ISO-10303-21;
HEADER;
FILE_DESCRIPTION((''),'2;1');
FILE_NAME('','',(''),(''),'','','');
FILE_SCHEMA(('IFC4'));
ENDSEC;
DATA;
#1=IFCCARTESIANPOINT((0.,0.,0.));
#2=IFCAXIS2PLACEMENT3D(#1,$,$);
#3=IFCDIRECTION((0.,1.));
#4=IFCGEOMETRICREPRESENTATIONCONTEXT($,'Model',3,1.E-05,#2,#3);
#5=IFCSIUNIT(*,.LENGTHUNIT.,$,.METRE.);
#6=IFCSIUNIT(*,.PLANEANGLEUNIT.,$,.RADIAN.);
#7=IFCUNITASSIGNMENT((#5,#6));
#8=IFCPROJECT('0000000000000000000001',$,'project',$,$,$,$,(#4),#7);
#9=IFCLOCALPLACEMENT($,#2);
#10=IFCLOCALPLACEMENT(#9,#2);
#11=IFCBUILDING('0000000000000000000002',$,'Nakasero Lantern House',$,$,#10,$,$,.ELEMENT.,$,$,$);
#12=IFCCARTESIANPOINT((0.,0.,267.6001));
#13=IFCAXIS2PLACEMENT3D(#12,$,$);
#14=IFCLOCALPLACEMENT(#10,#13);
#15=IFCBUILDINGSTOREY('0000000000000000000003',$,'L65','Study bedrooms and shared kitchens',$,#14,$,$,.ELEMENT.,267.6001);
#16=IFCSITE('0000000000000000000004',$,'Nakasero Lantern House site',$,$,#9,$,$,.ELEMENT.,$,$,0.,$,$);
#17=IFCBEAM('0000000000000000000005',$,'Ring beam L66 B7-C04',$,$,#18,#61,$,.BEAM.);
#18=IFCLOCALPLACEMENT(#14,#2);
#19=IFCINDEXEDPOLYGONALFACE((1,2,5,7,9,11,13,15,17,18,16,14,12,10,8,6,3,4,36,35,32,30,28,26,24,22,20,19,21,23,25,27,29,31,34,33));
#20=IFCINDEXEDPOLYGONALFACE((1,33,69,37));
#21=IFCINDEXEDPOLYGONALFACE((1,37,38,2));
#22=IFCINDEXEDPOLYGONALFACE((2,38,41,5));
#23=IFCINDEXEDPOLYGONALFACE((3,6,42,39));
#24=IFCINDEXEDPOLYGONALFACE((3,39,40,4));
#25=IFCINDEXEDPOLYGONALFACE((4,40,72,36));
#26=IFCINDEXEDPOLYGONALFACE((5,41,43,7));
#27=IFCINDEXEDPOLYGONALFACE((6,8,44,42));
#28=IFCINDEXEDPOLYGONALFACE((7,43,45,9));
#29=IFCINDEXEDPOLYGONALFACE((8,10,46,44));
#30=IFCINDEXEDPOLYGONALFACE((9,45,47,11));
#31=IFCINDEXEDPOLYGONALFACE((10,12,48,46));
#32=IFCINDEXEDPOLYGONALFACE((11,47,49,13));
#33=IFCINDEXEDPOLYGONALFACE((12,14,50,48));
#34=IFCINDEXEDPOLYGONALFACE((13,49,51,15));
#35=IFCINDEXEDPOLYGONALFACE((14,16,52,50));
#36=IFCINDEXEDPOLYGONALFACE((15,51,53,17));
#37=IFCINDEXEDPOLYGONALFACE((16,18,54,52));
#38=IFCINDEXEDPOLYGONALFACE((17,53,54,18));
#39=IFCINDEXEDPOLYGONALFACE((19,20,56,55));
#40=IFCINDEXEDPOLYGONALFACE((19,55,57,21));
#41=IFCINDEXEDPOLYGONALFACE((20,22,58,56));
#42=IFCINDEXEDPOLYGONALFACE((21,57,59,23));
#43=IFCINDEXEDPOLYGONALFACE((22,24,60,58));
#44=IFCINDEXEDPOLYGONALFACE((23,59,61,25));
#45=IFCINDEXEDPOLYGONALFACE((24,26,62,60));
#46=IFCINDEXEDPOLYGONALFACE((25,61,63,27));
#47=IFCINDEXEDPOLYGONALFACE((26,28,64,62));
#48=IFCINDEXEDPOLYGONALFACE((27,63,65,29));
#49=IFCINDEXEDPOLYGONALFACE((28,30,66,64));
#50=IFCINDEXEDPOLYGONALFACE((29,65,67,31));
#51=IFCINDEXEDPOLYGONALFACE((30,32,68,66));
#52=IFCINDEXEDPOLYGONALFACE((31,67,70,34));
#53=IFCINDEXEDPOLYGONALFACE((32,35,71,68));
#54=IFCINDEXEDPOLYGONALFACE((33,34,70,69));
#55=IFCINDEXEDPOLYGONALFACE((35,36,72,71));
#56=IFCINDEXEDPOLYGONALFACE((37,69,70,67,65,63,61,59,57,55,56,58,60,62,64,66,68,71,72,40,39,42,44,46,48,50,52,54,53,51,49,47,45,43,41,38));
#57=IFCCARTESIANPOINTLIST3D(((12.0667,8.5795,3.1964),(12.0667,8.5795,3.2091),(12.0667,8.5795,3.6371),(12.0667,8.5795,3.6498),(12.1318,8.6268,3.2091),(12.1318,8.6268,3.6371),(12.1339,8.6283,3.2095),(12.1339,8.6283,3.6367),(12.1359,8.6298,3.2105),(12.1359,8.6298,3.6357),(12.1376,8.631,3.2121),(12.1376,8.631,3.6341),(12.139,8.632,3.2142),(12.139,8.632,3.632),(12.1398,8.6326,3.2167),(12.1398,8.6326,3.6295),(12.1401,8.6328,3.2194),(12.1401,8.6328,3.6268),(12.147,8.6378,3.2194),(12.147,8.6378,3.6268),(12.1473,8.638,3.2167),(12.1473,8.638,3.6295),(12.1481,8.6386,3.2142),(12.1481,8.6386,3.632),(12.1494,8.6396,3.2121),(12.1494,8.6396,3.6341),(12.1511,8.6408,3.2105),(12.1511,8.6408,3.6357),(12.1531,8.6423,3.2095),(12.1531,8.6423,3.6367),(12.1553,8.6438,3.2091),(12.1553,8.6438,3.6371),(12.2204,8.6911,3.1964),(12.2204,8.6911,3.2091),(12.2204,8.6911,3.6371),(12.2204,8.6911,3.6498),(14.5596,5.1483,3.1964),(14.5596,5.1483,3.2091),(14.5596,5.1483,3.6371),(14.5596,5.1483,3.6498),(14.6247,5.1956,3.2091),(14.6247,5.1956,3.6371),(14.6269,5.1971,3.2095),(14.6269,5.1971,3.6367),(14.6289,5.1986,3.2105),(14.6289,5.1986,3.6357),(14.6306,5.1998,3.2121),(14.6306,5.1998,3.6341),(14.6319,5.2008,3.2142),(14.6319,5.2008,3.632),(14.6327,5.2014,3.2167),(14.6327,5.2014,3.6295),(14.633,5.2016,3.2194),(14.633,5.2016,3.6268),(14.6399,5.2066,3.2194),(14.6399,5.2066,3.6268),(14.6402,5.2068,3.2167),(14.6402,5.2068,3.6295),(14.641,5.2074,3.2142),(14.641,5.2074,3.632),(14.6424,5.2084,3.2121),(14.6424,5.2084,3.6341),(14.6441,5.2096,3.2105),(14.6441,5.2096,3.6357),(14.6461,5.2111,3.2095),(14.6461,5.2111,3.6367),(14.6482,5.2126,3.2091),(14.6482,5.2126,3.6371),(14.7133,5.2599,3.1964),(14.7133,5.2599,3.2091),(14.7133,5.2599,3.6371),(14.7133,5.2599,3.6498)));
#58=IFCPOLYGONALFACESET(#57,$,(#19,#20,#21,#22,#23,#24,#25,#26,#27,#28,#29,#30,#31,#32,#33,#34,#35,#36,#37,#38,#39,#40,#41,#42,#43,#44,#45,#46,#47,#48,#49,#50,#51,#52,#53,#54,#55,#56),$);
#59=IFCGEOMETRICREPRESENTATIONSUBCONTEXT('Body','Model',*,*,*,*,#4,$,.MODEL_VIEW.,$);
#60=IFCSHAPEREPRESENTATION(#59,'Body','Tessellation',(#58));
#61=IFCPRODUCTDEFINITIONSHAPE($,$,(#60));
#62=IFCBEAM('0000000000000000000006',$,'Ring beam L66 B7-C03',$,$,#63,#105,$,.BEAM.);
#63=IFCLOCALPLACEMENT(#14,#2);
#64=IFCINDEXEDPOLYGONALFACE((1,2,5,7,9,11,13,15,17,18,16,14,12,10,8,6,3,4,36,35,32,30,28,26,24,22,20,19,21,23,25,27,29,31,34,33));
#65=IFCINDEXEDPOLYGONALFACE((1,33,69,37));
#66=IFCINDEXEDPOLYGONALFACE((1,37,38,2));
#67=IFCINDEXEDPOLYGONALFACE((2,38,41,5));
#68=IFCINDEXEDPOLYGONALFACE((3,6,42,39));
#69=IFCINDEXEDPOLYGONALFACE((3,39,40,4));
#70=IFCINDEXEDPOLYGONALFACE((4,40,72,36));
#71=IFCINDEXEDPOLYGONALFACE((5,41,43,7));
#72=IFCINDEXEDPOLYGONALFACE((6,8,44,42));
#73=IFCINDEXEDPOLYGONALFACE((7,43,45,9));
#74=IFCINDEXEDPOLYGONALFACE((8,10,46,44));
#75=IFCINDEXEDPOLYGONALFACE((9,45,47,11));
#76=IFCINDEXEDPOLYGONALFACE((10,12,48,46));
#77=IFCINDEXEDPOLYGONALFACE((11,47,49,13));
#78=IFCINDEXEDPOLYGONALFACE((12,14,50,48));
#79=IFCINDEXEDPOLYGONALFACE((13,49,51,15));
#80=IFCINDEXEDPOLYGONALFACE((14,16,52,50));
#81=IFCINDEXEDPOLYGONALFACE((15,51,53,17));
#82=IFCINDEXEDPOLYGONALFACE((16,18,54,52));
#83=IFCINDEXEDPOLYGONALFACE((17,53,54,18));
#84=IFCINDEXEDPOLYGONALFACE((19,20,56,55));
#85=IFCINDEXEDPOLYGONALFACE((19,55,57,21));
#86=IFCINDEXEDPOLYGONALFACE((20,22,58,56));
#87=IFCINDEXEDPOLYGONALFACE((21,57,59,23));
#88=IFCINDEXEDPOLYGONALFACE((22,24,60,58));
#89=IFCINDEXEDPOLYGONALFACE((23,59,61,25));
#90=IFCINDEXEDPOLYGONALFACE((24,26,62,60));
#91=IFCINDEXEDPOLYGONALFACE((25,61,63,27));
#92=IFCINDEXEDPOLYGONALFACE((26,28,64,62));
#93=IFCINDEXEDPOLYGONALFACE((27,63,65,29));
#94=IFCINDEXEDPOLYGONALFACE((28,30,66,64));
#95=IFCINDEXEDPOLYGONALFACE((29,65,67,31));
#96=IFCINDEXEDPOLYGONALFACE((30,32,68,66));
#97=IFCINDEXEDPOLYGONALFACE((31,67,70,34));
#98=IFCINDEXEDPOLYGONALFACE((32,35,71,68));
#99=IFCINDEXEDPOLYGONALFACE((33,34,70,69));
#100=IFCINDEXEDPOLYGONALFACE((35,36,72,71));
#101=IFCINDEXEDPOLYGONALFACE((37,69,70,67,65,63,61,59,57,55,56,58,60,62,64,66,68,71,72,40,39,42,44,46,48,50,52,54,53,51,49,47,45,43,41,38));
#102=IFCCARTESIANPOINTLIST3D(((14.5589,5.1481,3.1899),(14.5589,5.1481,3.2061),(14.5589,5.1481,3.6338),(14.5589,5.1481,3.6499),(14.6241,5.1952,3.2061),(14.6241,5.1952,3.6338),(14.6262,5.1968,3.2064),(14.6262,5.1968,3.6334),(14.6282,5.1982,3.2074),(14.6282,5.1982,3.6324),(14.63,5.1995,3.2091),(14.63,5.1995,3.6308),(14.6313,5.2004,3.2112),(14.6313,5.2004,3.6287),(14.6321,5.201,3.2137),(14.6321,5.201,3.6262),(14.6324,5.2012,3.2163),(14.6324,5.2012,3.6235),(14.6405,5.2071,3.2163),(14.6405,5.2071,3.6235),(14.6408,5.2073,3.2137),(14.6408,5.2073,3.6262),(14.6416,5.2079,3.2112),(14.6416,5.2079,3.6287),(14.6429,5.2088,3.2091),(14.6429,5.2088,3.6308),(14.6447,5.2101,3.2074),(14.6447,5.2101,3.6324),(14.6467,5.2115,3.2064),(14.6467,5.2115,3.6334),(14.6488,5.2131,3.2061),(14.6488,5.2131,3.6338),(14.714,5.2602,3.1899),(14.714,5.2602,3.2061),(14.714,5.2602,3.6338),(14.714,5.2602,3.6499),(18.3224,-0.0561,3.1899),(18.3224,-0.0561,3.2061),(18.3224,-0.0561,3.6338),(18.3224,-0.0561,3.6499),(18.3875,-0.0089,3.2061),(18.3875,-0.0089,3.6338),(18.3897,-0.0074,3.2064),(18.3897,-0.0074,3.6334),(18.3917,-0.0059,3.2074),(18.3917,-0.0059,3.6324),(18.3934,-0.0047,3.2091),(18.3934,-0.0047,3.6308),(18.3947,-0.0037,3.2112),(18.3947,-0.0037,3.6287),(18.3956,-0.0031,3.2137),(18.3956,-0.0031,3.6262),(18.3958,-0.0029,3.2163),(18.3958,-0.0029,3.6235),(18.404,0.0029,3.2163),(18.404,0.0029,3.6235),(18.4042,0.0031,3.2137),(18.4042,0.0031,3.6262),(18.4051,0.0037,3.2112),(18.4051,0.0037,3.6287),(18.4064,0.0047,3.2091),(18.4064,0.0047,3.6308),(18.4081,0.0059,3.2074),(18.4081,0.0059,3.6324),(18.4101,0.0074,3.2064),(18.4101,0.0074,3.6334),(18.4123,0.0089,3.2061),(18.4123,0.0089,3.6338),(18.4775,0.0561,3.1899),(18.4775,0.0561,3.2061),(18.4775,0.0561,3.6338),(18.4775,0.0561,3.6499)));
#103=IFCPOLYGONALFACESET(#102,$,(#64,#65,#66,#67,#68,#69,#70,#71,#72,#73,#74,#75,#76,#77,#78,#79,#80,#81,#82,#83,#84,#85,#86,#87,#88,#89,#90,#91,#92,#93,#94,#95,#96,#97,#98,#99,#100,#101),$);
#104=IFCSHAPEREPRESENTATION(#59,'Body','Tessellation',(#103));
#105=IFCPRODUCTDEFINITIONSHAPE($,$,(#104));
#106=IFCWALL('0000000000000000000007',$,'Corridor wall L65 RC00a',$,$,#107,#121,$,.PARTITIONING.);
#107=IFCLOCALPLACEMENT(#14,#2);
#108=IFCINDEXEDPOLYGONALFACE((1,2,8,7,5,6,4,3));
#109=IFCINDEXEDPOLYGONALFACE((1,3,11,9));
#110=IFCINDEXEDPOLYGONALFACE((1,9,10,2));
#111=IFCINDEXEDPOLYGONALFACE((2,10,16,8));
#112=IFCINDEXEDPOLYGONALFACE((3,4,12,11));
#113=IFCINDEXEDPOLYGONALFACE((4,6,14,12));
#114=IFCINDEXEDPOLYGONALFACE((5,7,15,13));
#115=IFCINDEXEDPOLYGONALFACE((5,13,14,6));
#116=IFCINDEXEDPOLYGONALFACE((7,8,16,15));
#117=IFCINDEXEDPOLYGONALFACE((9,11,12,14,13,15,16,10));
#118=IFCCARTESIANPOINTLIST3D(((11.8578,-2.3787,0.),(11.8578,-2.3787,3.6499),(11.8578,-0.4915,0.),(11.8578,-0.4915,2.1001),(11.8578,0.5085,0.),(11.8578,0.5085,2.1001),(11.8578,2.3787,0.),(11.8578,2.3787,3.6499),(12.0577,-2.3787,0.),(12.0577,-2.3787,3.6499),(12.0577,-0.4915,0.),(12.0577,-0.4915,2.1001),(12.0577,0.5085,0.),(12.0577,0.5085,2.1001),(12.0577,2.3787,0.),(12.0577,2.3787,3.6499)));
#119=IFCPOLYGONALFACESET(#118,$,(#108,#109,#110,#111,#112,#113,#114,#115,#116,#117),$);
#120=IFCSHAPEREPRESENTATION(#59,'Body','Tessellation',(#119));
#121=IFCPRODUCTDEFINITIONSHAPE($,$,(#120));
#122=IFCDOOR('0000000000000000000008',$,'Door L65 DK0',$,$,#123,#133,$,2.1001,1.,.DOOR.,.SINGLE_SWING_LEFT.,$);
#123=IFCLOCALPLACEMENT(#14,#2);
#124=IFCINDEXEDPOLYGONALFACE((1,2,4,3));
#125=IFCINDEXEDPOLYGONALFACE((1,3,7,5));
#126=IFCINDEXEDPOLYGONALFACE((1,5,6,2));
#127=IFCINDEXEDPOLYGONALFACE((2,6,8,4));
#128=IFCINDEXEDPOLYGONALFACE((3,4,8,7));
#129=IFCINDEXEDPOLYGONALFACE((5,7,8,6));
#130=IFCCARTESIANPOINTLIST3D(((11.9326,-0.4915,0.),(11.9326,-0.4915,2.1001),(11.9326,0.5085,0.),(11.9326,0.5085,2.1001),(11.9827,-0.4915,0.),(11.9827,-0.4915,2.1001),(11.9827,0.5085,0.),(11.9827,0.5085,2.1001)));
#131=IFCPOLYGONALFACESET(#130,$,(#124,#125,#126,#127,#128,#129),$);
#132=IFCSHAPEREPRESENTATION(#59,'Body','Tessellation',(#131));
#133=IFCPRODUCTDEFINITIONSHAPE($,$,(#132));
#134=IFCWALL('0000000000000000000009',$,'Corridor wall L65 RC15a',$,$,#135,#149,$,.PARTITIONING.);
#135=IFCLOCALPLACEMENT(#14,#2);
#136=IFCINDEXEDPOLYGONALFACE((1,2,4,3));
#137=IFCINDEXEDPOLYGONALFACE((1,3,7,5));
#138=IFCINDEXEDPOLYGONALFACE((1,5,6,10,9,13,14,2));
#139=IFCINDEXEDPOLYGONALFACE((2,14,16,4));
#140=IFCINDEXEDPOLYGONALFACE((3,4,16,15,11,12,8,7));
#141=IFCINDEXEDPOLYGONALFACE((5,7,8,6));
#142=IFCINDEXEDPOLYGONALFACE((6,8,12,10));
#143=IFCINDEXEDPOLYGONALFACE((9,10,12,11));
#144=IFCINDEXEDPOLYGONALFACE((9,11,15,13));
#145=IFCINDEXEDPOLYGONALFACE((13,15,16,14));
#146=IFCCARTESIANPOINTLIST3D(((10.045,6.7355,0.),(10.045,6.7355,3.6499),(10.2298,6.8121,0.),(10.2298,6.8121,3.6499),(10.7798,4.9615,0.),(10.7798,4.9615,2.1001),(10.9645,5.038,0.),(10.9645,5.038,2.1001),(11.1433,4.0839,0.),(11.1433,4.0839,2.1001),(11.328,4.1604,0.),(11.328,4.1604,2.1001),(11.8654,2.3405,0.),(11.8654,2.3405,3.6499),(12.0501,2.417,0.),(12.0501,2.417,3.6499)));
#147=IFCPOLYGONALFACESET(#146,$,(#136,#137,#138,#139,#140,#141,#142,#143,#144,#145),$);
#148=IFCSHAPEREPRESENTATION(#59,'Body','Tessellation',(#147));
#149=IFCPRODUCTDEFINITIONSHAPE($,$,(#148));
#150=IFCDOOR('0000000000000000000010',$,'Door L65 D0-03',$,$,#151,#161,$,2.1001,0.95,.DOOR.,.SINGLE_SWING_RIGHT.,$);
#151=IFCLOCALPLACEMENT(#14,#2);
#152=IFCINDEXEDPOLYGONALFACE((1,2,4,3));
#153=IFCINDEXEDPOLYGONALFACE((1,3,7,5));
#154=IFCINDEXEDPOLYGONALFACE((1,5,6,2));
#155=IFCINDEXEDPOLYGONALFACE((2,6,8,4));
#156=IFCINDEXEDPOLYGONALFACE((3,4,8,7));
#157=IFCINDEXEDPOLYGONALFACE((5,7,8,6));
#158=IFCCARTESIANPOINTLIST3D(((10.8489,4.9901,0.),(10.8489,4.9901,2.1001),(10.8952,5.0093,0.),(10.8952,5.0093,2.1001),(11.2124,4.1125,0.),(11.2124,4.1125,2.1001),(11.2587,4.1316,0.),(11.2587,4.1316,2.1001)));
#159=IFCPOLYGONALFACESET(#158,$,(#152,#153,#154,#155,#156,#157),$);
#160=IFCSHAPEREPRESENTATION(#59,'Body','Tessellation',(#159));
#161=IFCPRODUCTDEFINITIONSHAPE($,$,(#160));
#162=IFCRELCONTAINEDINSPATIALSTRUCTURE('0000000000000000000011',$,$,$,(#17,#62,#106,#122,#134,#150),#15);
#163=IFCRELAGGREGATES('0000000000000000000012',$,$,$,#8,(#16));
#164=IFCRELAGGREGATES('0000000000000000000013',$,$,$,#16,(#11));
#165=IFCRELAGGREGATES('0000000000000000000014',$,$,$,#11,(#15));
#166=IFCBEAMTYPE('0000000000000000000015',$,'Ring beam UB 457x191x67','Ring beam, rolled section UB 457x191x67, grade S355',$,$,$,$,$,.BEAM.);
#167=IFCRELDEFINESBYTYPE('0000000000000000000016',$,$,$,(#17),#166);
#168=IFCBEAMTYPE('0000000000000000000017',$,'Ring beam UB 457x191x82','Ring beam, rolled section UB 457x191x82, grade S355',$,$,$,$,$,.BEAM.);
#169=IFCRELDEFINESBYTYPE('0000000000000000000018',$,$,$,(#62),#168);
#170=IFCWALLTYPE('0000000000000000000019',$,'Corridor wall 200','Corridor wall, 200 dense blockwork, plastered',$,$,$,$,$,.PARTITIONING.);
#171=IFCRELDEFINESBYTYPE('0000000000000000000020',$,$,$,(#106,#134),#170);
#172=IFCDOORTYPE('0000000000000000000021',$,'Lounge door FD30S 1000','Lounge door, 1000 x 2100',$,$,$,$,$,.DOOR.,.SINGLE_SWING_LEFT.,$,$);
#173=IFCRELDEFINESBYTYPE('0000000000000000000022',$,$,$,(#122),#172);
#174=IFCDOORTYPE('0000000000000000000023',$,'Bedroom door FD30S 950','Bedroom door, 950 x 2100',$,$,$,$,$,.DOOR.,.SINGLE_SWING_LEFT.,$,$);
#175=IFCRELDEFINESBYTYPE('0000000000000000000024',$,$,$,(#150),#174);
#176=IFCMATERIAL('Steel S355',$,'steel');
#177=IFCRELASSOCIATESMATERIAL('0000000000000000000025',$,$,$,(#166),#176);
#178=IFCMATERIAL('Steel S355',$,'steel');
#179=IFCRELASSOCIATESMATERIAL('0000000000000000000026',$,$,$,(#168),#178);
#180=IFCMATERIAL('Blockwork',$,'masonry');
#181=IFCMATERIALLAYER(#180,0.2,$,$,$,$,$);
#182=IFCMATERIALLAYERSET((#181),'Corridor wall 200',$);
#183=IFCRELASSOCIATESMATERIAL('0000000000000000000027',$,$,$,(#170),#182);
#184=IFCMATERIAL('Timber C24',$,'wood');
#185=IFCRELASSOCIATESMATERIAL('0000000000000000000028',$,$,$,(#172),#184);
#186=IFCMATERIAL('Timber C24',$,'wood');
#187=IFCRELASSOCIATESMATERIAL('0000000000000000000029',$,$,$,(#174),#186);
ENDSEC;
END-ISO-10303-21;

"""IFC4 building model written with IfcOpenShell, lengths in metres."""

from ifc_helpers import new_model, si_unit, direction, frame, frame_2d, origin, origin_2d, place, context, subcontext, project, spatial, rectangle, i_section, extrude, material, layer, layer_set, material_profile, profile_set, type_object, element, fill, save


model = new_model("IFC4")

# Units and contexts
model_context = context("Model", 3, precision=1e-05, world=origin(), true_north=direction((0.0, 1.0)))
body_context = subcontext(model_context, "Body", "Model", "MODEL_VIEW")
ifc_project = project(units=[si_unit("LENGTHUNIT", "METRE"), si_unit("PLANEANGLEUNIT", "RADIAN")], contexts=[model_context])

# Site, building, storey
site_placement = place(None, origin())
site = spatial("IfcSite", under=ifc_project, at=site_placement, Name="Nakasero Lantern House site", CompositionType="ELEMENT", RefElevation=0.0)
building_placement = place(site_placement, origin())
building = spatial("IfcBuilding", under=site, at=building_placement, Name="Nakasero Lantern House", CompositionType="ELEMENT")
storey_placement = place(building_placement, frame((0.0, 0.0, 267.6001)))
storey = spatial("IfcBuildingStorey", under=building, at=storey_placement, Name="L65", Description="Study bedrooms and shared kitchens", CompositionType="ELEMENT", Elevation=267.6001)

# Beams
ifc_material_1 = material(Name="Steel S355", Category="steel")
ifc_material_profile_1 = material_profile(ifc_material_1, i_section(OverallWidth=0.1899, OverallDepth=0.4534, WebThickness=0.0085, FlangeThickness=0.0127, FilletRadius=0.0103, at=origin_2d()), Name="UB 457x191x67")
ifc_profile_set_1 = profile_set([ifc_material_profile_1], Name="Steel S355")
beam_type_1 = type_object("IfcBeamType", Name="Ring beam UB 457x191x67", Description="Ring beam, rolled section UB 457x191x67, grade S355", PredefinedType="BEAM", material=ifc_profile_set_1)
beam_1_placement = place(storey_placement, frame((14.6365, 5.2041, 3.4231), z_axis=(-0.587792, 0.809012, 0.0), x_axis=(-0.809012, -0.587792, 0.0)))
element("IfcBeam", 1, at=beam_1_placement, inside=storey, type_object=beam_type_1, Name="Ring beam L66 B7-C04", PredefinedType="BEAM", context=body_context, shape_type="SweptSolid", body=[
    extrude(i_section(OverallWidth=0.1899, OverallDepth=0.4534, WebThickness=0.0085, FlangeThickness=0.0127, FilletRadius=0.0103, at=origin_2d()), origin(), (0.0, 0.0, 1.0), 4.2412),
])
ifc_material_2 = material(Name="Steel S355", Category="steel")
ifc_material_profile_2 = material_profile(ifc_material_2, i_section(OverallWidth=0.1914, OverallDepth=0.46, WebThickness=0.01, FlangeThickness=0.0161, FilletRadius=0.0103, at=origin_2d()), Name="UB 457x191x82")
ifc_profile_set_2 = profile_set([ifc_material_profile_2], Name="Steel S355")
beam_type_2 = type_object("IfcBeamType", Name="Ring beam UB 457x191x82", Description="Ring beam, rolled section UB 457x191x82, grade S355", PredefinedType="BEAM", material=ifc_profile_set_2)
beam_2_placement = place(storey_placement, frame((18.3999, 0.0, 3.4199), z_axis=(-0.585993, 0.810316, 0.0), x_axis=(-0.810316, -0.585993, 0.0)))
element("IfcBeam", 2, at=beam_2_placement, inside=storey, type_object=beam_type_2, Name="Ring beam L66 B7-C03", PredefinedType="BEAM", context=body_context, shape_type="SweptSolid", body=[
    extrude(i_section(OverallWidth=0.1914, OverallDepth=0.46, WebThickness=0.01, FlangeThickness=0.0161, FilletRadius=0.0103, at=origin_2d()), origin(), (0.0, 0.0, 1.0), 6.4224),
])

# Walls, openings, doors
ifc_material_3 = material(Name="Blockwork", Category="masonry")
ifc_layer_1 = layer(ifc_material_3, 0.2)
ifc_layer_set_1 = layer_set([ifc_layer_1], Name="Corridor wall 200")
wall_type_1 = type_object("IfcWallType", Name="Corridor wall 200", Description="Corridor wall, 200 dense blockwork, plastered", PredefinedType="PARTITIONING", material=ifc_layer_set_1)
wall_1_placement = place(storey_placement, frame((11.9578, 2.3787, 0.0), z_axis=(0.0, 0.0, 1.0), x_axis=(0.0, -1.0, 0.0)))
wall_1 = element("IfcWall", 3, at=wall_1_placement, inside=storey, type_object=wall_type_1, Name="Corridor wall L65 RC00a", PredefinedType="PARTITIONING", context=body_context, shape_type="SweptSolid", body=[
    extrude(rectangle(XDim=4.7573, YDim=0.2, at=frame_2d((2.3787, 0.0))), origin(), (0.0, 0.0, 1.0), 3.6499),
])
opening_1_placement = place(wall_1_placement, frame((1.8701, 0.0, 0.0)))
opening_1 = element("IfcOpeningElement", 4, at=opening_1_placement, cuts=wall_1, PredefinedType="OPENING", context=body_context, shape_type="SweptSolid", body=[
    extrude(rectangle(XDim=1.0, YDim=2.1001, at=frame_2d((0.5, 1.05))), frame((0.0, 0.1199, 0.0), z_axis=(0.0, -1.0, 0.0), x_axis=(1.0, 0.0, 0.0)), (0.0, 0.0, 1.0), 0.24),
])
ifc_material_4 = material(Name="Timber C24", Category="wood")
door_type_1 = type_object("IfcDoorType", Name="Lounge door FD30S 1000", Description="Lounge door, 1000 x 2100", OperationType="SINGLE_SWING_LEFT", PredefinedType="DOOR", material=ifc_material_4)
door_1_placement = place(opening_1_placement, origin())
door_1 = element("IfcDoor", 5, at=door_1_placement, inside=storey, type_object=door_type_1, Name="Door L65 DK0", OperationType="SINGLE_SWING_LEFT", OverallHeight=2.1001, OverallWidth=1.0, PredefinedType="DOOR", context=body_context, shape_type="SweptSolid", body=[
    extrude(rectangle(XDim=1.0, YDim=2.1001, at=frame_2d((0.5, 1.05))), frame((0.0, 0.0249, 0.0), z_axis=(0.0, -1.0, 0.0), x_axis=(1.0, 0.0, 0.0)), (0.0, 0.0, 1.0), 0.05),
])
fill(opening_1, door_1)
wall_2_placement = place(storey_placement, frame((10.1375, 6.7737, 0.0), z_axis=(0.0, 0.0, 1.0), x_axis=(0.382654, -0.923892, 0.0)))
wall_2 = element("IfcWall", 6, at=wall_2_placement, inside=storey, type_object=wall_type_1, Name="Corridor wall L65 RC15a", PredefinedType="PARTITIONING", context=body_context, shape_type="SweptSolid", body=[
    extrude(rectangle(XDim=4.7571, YDim=0.2, at=frame_2d((2.3784, 0.0))), origin(), (0.0, 0.0, 1.0), 3.6499),
])
opening_2_placement = place(wall_2_placement, frame((1.9199, 0.0, 0.0)))
opening_2 = element("IfcOpeningElement", 7, at=opening_2_placement, cuts=wall_2, PredefinedType="OPENING", context=body_context, shape_type="SweptSolid", body=[
    extrude(rectangle(XDim=0.95, YDim=2.1001, at=frame_2d((0.4751, 1.05))), frame((0.0, 0.1199, 0.0), z_axis=(0.0, -1.0, 0.0), x_axis=(1.0, 0.0, 0.0)), (0.0, 0.0, 1.0), 0.24),
])
ifc_material_5 = material(Name="Timber C24", Category="wood")
door_type_2 = type_object("IfcDoorType", Name="Bedroom door FD30S 950", Description="Bedroom door, 950 x 2100", OperationType="SINGLE_SWING_LEFT", PredefinedType="DOOR", material=ifc_material_5)
door_2_placement = place(opening_2_placement, origin())
door_2 = element("IfcDoor", 8, at=door_2_placement, inside=storey, type_object=door_type_2, Name="Door L65 D0-03", OperationType="SINGLE_SWING_RIGHT", OverallHeight=2.1001, OverallWidth=0.95, PredefinedType="DOOR", context=body_context, shape_type="SweptSolid", body=[
    extrude(rectangle(XDim=0.95, YDim=2.1001, at=frame_2d((0.4751, 1.05))), frame((0.0, 0.0249, 0.0), z_axis=(0.0, -1.0, 0.0), x_axis=(1.0, 0.0, 0.0)), (0.0, 0.0, 1.0), 0.05),
])
fill(opening_2, door_2)

save(model, "model.ifc")
